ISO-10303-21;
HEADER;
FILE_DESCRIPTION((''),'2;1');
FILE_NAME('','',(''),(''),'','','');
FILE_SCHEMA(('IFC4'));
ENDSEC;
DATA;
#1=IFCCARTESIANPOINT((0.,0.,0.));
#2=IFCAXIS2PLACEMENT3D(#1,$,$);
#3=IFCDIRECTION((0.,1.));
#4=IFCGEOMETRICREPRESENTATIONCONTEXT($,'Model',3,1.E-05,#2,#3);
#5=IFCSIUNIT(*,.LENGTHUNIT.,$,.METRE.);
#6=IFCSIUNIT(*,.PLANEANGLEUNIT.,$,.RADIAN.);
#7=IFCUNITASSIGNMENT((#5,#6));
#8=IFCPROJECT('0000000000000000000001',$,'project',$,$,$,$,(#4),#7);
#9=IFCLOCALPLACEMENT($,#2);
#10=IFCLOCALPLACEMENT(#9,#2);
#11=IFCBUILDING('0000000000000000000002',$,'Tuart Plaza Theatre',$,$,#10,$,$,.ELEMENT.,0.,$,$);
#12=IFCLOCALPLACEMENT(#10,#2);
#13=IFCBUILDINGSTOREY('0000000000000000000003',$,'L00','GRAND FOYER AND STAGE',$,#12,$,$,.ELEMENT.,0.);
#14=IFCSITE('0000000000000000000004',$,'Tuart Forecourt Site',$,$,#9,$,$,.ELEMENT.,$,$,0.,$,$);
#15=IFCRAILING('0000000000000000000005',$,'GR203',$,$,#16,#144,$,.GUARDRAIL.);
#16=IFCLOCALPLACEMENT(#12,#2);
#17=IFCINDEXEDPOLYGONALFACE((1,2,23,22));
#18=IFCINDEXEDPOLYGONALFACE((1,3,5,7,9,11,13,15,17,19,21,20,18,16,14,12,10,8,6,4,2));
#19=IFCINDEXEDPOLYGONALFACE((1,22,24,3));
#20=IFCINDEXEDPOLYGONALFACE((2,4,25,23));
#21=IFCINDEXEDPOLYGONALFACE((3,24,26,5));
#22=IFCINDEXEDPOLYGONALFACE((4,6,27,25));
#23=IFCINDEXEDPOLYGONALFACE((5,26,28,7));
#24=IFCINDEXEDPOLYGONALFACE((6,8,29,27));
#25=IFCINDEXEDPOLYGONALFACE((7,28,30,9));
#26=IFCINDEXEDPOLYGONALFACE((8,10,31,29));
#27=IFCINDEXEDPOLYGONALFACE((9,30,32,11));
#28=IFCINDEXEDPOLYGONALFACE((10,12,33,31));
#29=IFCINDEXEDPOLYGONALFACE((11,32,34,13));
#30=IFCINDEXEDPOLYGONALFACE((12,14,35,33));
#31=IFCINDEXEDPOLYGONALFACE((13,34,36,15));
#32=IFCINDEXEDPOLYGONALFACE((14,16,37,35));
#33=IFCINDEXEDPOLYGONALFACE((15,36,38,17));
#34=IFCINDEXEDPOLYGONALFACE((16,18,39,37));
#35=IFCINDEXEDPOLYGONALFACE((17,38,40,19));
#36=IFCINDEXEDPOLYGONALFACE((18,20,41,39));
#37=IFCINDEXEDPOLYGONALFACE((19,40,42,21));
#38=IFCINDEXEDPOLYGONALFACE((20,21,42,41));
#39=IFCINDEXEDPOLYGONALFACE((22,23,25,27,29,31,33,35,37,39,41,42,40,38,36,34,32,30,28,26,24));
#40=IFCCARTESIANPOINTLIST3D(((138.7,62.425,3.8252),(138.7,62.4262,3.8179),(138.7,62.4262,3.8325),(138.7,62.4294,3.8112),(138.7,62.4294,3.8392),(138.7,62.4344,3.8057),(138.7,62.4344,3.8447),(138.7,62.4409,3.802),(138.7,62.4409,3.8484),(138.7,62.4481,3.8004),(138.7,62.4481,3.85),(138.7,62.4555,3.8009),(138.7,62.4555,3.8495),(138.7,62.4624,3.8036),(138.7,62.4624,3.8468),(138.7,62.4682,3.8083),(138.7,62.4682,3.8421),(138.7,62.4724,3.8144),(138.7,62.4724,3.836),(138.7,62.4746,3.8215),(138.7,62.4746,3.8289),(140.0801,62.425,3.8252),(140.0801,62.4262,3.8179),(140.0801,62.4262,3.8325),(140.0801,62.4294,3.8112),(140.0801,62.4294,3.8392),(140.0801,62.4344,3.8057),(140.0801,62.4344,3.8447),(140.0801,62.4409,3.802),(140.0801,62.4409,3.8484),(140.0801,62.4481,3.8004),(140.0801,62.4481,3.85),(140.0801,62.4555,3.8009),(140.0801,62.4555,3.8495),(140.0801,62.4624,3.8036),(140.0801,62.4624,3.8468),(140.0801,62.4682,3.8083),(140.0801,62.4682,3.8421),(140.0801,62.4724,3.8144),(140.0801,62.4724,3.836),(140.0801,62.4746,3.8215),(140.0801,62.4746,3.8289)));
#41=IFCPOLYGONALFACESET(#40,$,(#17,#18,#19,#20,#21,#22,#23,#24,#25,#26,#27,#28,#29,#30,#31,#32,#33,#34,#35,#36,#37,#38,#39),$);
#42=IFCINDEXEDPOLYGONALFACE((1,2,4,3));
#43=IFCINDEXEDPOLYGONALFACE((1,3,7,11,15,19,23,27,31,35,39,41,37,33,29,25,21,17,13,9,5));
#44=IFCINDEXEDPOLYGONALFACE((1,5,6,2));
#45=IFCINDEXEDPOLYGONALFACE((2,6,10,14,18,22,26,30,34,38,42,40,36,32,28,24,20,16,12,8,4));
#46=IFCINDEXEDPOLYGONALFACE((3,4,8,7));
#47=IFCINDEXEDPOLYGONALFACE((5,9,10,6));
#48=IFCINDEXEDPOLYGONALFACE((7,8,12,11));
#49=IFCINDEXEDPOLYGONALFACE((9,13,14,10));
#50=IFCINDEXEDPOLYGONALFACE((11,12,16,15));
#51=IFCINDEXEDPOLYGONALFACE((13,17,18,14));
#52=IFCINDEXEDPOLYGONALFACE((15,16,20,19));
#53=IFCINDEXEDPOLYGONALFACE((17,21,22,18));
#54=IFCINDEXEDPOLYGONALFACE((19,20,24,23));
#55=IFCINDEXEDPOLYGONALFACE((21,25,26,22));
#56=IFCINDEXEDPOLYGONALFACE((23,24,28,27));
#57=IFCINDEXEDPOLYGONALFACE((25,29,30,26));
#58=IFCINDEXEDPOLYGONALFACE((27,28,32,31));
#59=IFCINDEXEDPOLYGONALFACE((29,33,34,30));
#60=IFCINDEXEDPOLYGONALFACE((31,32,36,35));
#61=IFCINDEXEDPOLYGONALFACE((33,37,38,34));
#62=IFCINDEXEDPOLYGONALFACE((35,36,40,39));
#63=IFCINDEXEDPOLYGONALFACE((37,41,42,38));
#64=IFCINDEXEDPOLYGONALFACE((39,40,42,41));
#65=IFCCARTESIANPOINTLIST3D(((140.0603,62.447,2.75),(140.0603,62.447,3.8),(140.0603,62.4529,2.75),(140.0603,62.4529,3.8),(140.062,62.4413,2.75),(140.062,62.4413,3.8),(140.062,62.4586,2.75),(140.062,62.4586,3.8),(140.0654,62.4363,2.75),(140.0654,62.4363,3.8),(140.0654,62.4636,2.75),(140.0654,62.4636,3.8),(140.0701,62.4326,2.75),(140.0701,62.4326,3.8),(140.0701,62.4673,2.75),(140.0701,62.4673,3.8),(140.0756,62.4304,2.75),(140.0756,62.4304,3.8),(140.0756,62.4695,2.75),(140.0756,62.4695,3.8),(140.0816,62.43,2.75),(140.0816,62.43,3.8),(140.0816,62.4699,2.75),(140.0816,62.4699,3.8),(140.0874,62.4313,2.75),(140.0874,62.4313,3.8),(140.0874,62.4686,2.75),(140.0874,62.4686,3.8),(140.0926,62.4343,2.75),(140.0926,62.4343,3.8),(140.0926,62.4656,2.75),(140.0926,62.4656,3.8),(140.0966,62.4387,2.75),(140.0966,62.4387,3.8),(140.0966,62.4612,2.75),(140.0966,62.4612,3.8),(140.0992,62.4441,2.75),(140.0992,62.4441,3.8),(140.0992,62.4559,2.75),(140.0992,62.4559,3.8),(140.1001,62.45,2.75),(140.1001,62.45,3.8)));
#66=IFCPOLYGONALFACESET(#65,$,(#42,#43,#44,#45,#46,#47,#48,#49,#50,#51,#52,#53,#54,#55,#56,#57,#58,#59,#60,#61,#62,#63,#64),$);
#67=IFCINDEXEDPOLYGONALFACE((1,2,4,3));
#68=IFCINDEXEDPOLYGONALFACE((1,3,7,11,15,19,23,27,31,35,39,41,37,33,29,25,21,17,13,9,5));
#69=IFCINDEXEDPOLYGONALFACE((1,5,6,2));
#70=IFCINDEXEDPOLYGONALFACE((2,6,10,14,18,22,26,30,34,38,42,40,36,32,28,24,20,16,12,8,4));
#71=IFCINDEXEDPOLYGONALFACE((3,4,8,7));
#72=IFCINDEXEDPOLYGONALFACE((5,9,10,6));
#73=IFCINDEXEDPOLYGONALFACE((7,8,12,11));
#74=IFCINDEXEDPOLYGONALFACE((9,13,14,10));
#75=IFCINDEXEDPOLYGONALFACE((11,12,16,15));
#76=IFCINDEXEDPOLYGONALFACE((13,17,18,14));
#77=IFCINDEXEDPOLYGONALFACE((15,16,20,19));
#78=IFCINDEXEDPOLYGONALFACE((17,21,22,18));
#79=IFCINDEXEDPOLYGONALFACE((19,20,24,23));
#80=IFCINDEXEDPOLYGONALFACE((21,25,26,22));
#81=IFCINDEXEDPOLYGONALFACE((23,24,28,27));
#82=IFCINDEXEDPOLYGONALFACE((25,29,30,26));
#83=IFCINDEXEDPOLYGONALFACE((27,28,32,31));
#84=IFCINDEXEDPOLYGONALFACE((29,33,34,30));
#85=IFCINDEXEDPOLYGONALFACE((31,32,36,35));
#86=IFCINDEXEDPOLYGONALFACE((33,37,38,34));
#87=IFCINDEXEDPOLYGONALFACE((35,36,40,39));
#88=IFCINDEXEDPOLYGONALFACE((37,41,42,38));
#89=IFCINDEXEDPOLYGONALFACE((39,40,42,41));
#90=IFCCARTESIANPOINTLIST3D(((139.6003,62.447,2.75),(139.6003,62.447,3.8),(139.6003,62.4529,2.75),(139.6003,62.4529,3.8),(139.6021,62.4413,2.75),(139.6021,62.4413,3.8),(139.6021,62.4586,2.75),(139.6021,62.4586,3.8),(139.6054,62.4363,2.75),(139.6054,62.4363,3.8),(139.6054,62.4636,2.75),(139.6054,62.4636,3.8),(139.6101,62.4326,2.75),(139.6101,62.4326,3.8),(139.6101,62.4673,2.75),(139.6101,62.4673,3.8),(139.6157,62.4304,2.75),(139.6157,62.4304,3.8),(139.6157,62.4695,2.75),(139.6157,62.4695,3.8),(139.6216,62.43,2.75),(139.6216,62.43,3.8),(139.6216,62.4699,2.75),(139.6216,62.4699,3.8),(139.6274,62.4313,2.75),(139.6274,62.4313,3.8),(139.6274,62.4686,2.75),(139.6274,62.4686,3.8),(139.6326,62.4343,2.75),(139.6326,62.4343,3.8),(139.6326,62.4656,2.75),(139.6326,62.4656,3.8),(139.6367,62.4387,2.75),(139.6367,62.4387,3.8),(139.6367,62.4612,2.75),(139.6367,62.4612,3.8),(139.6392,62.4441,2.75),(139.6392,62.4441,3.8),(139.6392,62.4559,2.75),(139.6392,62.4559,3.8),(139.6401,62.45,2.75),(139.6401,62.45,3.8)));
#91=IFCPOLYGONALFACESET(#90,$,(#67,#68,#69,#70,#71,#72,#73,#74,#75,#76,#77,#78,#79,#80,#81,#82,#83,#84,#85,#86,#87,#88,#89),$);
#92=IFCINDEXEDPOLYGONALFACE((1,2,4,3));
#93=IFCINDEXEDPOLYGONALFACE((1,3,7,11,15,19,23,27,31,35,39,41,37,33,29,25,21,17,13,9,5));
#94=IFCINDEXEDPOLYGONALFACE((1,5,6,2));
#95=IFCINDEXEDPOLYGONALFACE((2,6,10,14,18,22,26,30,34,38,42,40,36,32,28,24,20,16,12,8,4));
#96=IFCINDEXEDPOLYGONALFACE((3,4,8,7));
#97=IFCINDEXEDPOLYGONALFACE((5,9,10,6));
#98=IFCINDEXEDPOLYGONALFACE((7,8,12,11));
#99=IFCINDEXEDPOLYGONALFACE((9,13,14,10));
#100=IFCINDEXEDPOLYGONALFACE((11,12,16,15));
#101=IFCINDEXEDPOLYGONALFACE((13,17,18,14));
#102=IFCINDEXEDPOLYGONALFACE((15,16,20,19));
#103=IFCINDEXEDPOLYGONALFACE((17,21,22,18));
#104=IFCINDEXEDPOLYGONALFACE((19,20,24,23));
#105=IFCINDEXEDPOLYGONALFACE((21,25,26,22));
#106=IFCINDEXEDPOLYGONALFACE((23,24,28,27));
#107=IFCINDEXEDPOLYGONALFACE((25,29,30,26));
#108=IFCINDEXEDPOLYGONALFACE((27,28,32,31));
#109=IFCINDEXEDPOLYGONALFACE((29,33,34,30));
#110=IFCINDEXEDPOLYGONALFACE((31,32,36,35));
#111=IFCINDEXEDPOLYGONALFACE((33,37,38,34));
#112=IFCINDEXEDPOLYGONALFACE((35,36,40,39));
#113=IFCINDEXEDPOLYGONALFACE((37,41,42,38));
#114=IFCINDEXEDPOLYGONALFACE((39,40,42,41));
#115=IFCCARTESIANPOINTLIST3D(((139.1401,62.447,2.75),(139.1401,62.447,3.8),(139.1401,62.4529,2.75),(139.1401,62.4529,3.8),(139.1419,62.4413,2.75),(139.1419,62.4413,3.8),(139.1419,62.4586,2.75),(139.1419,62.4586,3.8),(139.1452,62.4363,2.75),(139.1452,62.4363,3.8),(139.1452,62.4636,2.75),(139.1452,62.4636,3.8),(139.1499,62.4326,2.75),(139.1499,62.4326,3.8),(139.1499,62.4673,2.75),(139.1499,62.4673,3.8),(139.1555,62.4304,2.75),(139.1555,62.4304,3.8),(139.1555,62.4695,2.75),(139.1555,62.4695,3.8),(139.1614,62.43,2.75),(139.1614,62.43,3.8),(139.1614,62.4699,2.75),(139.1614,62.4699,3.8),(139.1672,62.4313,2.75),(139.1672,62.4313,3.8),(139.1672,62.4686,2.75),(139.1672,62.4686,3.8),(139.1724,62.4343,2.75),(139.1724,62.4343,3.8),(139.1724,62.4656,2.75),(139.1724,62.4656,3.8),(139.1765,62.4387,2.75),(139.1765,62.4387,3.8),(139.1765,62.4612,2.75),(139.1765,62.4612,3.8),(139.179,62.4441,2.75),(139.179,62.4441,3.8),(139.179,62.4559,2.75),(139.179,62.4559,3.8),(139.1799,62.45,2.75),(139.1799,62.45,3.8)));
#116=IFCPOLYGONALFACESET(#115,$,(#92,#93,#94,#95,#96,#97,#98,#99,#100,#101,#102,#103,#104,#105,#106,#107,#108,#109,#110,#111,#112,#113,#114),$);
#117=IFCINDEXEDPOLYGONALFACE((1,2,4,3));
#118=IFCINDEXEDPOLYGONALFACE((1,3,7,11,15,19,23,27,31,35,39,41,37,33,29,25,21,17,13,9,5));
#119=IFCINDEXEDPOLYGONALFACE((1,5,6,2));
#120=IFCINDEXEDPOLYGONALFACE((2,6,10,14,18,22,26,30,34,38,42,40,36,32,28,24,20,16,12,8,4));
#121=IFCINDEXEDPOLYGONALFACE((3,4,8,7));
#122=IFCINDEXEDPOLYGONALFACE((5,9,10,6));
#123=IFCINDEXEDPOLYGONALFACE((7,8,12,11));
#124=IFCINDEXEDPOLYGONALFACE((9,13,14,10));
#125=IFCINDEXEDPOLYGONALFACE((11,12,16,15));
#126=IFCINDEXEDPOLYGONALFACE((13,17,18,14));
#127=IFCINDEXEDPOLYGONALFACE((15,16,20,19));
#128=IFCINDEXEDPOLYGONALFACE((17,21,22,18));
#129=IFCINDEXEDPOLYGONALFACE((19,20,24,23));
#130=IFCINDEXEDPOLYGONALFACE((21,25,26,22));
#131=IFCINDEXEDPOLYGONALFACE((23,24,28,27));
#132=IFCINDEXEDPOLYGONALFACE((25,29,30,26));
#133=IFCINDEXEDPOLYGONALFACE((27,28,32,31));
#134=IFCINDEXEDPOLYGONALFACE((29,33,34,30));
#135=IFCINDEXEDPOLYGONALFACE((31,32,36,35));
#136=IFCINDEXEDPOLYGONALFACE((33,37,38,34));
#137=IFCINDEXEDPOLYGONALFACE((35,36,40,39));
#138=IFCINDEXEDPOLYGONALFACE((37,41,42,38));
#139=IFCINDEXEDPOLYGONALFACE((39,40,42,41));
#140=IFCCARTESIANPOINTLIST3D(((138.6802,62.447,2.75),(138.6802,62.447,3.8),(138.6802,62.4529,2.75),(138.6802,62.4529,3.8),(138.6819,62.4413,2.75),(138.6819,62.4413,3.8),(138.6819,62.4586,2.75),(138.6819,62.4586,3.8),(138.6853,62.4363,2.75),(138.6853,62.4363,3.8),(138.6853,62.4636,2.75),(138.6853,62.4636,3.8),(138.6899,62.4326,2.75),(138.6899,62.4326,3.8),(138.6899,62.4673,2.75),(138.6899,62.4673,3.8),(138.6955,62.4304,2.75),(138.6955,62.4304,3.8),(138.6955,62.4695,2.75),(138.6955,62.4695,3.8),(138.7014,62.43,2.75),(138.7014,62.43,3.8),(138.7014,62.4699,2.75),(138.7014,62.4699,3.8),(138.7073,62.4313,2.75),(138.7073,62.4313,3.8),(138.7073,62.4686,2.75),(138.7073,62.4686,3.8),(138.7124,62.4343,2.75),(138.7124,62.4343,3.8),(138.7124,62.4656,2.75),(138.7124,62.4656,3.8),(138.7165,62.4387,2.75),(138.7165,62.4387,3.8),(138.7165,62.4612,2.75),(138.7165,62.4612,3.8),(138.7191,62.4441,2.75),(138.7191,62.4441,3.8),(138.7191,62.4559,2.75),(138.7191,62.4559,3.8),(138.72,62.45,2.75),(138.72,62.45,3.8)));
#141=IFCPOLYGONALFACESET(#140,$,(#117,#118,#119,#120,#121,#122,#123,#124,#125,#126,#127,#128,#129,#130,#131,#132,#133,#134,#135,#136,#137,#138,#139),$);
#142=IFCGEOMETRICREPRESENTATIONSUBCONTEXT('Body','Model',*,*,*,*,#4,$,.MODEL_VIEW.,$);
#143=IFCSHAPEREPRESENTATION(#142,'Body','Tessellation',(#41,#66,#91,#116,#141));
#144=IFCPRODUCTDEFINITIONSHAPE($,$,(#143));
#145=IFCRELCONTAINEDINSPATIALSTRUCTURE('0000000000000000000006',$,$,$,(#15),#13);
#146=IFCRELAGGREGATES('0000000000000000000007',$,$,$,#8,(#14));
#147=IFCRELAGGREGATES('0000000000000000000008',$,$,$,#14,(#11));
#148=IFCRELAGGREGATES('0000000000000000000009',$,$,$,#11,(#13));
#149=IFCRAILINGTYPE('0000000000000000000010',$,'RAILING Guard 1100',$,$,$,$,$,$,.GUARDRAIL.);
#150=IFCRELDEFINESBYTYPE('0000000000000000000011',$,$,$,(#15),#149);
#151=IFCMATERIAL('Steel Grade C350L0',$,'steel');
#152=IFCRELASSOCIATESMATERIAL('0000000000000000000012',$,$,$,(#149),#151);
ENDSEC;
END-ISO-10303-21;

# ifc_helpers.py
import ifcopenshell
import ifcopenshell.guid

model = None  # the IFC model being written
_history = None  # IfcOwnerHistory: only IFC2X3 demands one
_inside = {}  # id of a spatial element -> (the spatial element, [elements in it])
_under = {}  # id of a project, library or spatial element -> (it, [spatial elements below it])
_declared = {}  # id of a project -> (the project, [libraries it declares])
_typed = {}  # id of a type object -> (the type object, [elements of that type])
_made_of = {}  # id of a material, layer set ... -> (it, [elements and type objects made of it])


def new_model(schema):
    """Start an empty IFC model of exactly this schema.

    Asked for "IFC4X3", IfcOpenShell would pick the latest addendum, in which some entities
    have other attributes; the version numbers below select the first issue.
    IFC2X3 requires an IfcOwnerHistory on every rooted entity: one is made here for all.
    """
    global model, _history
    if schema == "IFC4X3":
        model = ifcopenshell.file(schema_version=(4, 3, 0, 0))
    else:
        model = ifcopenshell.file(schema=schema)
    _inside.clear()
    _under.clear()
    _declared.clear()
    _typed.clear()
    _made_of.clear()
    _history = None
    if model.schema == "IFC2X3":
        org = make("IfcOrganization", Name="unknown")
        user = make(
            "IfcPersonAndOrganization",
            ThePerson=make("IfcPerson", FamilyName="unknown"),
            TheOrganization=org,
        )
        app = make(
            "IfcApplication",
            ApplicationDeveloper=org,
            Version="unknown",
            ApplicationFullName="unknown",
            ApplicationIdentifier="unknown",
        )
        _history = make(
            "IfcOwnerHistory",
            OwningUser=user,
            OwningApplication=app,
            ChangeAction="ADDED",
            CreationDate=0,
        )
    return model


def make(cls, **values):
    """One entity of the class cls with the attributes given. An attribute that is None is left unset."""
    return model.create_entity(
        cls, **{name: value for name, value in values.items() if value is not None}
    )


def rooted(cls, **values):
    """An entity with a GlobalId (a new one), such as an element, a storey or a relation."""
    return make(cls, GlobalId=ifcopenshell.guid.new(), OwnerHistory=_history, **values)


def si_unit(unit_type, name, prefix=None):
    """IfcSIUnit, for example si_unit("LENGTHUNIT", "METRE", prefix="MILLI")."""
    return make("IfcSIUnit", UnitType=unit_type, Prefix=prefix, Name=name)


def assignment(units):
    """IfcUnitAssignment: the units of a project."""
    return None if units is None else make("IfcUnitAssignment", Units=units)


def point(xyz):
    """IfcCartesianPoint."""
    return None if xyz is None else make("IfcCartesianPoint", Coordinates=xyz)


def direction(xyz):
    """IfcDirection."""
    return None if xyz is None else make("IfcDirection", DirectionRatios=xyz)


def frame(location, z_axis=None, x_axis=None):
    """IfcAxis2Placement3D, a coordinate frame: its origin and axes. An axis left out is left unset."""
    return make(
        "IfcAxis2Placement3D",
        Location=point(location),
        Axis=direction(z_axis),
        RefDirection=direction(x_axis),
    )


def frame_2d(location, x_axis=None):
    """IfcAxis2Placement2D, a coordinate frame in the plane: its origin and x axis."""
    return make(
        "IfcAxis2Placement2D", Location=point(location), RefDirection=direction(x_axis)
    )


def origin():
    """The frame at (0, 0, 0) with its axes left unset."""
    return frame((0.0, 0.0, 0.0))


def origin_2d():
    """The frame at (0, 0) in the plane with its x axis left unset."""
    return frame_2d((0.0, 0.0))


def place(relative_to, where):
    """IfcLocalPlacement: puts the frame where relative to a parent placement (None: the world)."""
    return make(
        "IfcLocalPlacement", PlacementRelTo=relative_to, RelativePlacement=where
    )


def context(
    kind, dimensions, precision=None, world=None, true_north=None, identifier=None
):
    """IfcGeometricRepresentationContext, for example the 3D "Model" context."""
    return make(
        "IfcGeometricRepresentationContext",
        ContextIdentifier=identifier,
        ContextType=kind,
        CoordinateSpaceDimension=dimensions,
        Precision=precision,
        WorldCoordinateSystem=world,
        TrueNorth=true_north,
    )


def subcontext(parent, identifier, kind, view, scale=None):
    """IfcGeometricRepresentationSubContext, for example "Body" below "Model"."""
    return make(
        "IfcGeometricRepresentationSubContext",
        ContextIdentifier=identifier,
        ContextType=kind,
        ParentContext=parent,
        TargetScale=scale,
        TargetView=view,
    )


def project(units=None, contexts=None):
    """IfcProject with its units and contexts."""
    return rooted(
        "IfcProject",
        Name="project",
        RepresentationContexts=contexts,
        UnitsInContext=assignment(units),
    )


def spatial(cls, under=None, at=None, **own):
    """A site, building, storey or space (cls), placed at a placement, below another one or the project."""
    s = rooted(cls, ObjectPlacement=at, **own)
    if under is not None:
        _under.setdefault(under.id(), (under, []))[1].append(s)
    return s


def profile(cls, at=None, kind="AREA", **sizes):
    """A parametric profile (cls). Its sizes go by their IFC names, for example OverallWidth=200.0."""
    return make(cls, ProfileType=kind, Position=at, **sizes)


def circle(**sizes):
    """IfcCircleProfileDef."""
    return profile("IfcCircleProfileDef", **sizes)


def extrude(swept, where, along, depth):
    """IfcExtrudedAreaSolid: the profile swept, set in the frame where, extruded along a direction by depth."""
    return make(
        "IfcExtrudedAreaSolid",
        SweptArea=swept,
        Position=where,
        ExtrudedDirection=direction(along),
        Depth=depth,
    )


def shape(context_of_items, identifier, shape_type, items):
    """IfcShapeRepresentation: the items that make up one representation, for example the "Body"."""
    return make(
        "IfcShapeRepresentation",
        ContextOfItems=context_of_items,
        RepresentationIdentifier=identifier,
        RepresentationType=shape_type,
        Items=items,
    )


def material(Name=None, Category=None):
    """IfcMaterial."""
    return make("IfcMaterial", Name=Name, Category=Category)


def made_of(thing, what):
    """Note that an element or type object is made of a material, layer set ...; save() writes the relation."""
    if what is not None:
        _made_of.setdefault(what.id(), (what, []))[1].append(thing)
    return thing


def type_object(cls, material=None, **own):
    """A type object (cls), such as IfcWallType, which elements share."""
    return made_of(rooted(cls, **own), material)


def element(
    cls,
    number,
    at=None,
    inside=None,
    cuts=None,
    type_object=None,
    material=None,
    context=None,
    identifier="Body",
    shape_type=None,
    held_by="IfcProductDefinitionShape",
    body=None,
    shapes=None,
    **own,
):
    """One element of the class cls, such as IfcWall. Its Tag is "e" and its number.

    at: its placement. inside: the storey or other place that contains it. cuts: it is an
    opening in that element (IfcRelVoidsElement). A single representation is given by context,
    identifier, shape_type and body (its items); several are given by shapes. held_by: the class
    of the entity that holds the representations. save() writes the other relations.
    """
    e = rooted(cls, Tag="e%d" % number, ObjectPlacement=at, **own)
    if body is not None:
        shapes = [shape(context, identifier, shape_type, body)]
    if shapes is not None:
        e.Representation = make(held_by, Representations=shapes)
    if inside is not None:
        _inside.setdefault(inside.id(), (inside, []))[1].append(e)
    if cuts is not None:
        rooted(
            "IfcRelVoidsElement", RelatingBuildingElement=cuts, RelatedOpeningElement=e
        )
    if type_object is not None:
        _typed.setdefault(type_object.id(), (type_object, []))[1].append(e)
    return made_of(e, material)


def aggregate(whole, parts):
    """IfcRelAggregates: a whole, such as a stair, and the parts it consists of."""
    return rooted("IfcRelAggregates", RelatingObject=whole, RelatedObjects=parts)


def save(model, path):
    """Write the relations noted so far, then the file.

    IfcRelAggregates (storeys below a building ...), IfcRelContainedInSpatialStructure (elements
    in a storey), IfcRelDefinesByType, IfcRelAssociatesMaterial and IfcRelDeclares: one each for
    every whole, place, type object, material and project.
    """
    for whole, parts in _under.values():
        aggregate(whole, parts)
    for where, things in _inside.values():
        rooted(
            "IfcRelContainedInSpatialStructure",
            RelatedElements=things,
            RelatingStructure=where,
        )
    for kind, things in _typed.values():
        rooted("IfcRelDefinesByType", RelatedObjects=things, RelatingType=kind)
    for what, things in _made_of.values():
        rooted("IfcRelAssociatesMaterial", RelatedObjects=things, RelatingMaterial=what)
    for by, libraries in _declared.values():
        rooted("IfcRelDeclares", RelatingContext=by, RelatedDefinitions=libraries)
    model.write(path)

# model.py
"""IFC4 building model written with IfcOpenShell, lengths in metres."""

from ifc_helpers import new_model, si_unit, direction, frame, origin, origin_2d, place, context, subcontext, project, spatial, circle, extrude, material, type_object, element, save


model = new_model("IFC4")

# Units and contexts
model_context = context("Model", 3, precision=1e-05, world=origin(), true_north=direction((0.0, 1.0)))
body_context = subcontext(model_context, "Body", "Model", "MODEL_VIEW")
ifc_project = project(units=[si_unit("LENGTHUNIT", "METRE"), si_unit("PLANEANGLEUNIT", "RADIAN")], contexts=[model_context])

# Site, building, storey
site_placement = place(None, origin())
site = spatial("IfcSite", under=ifc_project, at=site_placement, Name="Tuart Forecourt Site", CompositionType="ELEMENT", RefElevation=0.0)
building_placement = place(site_placement, origin())
building = spatial("IfcBuilding", under=site, at=building_placement, Name="Tuart Plaza Theatre", CompositionType="ELEMENT", ElevationOfRefHeight=0.0)
storey_placement = place(building_placement, origin())
storey = spatial("IfcBuildingStorey", under=building, at=storey_placement, Name="L00", Description="GRAND FOYER AND STAGE", CompositionType="ELEMENT", Elevation=0.0)

# Railing
ifc_material_1 = material(Name="Steel Grade C350L0", Category="steel")
railing_type = type_object("IfcRailingType", Name="RAILING Guard 1100", PredefinedType="GUARDRAIL", material=ifc_material_1)
railing_placement = place(storey_placement, frame((140.0801, 62.45, 2.75)))
element("IfcRailing", 1, at=railing_placement, inside=storey, type_object=railing_type, Name="GR203", PredefinedType="GUARDRAIL", context=body_context, shape_type="SweptSolid", body=[
    extrude(circle(Radius=0.0249, at=origin_2d()), frame((0.0, 0.0, 1.0752), z_axis=(-1.0, 0.0, 0.0), x_axis=(0.0, -1.0, 0.0)), (0.0, 0.0, 1.0), 1.3801),
    extrude(circle(Radius=0.02, at=origin_2d()), origin(), (0.0, 0.0, 1.0), 1.05),
    extrude(circle(Radius=0.02, at=origin_2d()), frame((-0.46, 0.0, 0.0)), (0.0, 0.0, 1.0), 1.05),
    extrude(circle(Radius=0.02, at=origin_2d()), frame((-0.9202, 0.0, 0.0)), (0.0, 0.0, 1.0), 1.05),
    extrude(circle(Radius=0.02, at=origin_2d()), frame((-1.3801, 0.0, 0.0)), (0.0, 0.0, 1.0), 1.05),
])

save(model, "model.ifc")
